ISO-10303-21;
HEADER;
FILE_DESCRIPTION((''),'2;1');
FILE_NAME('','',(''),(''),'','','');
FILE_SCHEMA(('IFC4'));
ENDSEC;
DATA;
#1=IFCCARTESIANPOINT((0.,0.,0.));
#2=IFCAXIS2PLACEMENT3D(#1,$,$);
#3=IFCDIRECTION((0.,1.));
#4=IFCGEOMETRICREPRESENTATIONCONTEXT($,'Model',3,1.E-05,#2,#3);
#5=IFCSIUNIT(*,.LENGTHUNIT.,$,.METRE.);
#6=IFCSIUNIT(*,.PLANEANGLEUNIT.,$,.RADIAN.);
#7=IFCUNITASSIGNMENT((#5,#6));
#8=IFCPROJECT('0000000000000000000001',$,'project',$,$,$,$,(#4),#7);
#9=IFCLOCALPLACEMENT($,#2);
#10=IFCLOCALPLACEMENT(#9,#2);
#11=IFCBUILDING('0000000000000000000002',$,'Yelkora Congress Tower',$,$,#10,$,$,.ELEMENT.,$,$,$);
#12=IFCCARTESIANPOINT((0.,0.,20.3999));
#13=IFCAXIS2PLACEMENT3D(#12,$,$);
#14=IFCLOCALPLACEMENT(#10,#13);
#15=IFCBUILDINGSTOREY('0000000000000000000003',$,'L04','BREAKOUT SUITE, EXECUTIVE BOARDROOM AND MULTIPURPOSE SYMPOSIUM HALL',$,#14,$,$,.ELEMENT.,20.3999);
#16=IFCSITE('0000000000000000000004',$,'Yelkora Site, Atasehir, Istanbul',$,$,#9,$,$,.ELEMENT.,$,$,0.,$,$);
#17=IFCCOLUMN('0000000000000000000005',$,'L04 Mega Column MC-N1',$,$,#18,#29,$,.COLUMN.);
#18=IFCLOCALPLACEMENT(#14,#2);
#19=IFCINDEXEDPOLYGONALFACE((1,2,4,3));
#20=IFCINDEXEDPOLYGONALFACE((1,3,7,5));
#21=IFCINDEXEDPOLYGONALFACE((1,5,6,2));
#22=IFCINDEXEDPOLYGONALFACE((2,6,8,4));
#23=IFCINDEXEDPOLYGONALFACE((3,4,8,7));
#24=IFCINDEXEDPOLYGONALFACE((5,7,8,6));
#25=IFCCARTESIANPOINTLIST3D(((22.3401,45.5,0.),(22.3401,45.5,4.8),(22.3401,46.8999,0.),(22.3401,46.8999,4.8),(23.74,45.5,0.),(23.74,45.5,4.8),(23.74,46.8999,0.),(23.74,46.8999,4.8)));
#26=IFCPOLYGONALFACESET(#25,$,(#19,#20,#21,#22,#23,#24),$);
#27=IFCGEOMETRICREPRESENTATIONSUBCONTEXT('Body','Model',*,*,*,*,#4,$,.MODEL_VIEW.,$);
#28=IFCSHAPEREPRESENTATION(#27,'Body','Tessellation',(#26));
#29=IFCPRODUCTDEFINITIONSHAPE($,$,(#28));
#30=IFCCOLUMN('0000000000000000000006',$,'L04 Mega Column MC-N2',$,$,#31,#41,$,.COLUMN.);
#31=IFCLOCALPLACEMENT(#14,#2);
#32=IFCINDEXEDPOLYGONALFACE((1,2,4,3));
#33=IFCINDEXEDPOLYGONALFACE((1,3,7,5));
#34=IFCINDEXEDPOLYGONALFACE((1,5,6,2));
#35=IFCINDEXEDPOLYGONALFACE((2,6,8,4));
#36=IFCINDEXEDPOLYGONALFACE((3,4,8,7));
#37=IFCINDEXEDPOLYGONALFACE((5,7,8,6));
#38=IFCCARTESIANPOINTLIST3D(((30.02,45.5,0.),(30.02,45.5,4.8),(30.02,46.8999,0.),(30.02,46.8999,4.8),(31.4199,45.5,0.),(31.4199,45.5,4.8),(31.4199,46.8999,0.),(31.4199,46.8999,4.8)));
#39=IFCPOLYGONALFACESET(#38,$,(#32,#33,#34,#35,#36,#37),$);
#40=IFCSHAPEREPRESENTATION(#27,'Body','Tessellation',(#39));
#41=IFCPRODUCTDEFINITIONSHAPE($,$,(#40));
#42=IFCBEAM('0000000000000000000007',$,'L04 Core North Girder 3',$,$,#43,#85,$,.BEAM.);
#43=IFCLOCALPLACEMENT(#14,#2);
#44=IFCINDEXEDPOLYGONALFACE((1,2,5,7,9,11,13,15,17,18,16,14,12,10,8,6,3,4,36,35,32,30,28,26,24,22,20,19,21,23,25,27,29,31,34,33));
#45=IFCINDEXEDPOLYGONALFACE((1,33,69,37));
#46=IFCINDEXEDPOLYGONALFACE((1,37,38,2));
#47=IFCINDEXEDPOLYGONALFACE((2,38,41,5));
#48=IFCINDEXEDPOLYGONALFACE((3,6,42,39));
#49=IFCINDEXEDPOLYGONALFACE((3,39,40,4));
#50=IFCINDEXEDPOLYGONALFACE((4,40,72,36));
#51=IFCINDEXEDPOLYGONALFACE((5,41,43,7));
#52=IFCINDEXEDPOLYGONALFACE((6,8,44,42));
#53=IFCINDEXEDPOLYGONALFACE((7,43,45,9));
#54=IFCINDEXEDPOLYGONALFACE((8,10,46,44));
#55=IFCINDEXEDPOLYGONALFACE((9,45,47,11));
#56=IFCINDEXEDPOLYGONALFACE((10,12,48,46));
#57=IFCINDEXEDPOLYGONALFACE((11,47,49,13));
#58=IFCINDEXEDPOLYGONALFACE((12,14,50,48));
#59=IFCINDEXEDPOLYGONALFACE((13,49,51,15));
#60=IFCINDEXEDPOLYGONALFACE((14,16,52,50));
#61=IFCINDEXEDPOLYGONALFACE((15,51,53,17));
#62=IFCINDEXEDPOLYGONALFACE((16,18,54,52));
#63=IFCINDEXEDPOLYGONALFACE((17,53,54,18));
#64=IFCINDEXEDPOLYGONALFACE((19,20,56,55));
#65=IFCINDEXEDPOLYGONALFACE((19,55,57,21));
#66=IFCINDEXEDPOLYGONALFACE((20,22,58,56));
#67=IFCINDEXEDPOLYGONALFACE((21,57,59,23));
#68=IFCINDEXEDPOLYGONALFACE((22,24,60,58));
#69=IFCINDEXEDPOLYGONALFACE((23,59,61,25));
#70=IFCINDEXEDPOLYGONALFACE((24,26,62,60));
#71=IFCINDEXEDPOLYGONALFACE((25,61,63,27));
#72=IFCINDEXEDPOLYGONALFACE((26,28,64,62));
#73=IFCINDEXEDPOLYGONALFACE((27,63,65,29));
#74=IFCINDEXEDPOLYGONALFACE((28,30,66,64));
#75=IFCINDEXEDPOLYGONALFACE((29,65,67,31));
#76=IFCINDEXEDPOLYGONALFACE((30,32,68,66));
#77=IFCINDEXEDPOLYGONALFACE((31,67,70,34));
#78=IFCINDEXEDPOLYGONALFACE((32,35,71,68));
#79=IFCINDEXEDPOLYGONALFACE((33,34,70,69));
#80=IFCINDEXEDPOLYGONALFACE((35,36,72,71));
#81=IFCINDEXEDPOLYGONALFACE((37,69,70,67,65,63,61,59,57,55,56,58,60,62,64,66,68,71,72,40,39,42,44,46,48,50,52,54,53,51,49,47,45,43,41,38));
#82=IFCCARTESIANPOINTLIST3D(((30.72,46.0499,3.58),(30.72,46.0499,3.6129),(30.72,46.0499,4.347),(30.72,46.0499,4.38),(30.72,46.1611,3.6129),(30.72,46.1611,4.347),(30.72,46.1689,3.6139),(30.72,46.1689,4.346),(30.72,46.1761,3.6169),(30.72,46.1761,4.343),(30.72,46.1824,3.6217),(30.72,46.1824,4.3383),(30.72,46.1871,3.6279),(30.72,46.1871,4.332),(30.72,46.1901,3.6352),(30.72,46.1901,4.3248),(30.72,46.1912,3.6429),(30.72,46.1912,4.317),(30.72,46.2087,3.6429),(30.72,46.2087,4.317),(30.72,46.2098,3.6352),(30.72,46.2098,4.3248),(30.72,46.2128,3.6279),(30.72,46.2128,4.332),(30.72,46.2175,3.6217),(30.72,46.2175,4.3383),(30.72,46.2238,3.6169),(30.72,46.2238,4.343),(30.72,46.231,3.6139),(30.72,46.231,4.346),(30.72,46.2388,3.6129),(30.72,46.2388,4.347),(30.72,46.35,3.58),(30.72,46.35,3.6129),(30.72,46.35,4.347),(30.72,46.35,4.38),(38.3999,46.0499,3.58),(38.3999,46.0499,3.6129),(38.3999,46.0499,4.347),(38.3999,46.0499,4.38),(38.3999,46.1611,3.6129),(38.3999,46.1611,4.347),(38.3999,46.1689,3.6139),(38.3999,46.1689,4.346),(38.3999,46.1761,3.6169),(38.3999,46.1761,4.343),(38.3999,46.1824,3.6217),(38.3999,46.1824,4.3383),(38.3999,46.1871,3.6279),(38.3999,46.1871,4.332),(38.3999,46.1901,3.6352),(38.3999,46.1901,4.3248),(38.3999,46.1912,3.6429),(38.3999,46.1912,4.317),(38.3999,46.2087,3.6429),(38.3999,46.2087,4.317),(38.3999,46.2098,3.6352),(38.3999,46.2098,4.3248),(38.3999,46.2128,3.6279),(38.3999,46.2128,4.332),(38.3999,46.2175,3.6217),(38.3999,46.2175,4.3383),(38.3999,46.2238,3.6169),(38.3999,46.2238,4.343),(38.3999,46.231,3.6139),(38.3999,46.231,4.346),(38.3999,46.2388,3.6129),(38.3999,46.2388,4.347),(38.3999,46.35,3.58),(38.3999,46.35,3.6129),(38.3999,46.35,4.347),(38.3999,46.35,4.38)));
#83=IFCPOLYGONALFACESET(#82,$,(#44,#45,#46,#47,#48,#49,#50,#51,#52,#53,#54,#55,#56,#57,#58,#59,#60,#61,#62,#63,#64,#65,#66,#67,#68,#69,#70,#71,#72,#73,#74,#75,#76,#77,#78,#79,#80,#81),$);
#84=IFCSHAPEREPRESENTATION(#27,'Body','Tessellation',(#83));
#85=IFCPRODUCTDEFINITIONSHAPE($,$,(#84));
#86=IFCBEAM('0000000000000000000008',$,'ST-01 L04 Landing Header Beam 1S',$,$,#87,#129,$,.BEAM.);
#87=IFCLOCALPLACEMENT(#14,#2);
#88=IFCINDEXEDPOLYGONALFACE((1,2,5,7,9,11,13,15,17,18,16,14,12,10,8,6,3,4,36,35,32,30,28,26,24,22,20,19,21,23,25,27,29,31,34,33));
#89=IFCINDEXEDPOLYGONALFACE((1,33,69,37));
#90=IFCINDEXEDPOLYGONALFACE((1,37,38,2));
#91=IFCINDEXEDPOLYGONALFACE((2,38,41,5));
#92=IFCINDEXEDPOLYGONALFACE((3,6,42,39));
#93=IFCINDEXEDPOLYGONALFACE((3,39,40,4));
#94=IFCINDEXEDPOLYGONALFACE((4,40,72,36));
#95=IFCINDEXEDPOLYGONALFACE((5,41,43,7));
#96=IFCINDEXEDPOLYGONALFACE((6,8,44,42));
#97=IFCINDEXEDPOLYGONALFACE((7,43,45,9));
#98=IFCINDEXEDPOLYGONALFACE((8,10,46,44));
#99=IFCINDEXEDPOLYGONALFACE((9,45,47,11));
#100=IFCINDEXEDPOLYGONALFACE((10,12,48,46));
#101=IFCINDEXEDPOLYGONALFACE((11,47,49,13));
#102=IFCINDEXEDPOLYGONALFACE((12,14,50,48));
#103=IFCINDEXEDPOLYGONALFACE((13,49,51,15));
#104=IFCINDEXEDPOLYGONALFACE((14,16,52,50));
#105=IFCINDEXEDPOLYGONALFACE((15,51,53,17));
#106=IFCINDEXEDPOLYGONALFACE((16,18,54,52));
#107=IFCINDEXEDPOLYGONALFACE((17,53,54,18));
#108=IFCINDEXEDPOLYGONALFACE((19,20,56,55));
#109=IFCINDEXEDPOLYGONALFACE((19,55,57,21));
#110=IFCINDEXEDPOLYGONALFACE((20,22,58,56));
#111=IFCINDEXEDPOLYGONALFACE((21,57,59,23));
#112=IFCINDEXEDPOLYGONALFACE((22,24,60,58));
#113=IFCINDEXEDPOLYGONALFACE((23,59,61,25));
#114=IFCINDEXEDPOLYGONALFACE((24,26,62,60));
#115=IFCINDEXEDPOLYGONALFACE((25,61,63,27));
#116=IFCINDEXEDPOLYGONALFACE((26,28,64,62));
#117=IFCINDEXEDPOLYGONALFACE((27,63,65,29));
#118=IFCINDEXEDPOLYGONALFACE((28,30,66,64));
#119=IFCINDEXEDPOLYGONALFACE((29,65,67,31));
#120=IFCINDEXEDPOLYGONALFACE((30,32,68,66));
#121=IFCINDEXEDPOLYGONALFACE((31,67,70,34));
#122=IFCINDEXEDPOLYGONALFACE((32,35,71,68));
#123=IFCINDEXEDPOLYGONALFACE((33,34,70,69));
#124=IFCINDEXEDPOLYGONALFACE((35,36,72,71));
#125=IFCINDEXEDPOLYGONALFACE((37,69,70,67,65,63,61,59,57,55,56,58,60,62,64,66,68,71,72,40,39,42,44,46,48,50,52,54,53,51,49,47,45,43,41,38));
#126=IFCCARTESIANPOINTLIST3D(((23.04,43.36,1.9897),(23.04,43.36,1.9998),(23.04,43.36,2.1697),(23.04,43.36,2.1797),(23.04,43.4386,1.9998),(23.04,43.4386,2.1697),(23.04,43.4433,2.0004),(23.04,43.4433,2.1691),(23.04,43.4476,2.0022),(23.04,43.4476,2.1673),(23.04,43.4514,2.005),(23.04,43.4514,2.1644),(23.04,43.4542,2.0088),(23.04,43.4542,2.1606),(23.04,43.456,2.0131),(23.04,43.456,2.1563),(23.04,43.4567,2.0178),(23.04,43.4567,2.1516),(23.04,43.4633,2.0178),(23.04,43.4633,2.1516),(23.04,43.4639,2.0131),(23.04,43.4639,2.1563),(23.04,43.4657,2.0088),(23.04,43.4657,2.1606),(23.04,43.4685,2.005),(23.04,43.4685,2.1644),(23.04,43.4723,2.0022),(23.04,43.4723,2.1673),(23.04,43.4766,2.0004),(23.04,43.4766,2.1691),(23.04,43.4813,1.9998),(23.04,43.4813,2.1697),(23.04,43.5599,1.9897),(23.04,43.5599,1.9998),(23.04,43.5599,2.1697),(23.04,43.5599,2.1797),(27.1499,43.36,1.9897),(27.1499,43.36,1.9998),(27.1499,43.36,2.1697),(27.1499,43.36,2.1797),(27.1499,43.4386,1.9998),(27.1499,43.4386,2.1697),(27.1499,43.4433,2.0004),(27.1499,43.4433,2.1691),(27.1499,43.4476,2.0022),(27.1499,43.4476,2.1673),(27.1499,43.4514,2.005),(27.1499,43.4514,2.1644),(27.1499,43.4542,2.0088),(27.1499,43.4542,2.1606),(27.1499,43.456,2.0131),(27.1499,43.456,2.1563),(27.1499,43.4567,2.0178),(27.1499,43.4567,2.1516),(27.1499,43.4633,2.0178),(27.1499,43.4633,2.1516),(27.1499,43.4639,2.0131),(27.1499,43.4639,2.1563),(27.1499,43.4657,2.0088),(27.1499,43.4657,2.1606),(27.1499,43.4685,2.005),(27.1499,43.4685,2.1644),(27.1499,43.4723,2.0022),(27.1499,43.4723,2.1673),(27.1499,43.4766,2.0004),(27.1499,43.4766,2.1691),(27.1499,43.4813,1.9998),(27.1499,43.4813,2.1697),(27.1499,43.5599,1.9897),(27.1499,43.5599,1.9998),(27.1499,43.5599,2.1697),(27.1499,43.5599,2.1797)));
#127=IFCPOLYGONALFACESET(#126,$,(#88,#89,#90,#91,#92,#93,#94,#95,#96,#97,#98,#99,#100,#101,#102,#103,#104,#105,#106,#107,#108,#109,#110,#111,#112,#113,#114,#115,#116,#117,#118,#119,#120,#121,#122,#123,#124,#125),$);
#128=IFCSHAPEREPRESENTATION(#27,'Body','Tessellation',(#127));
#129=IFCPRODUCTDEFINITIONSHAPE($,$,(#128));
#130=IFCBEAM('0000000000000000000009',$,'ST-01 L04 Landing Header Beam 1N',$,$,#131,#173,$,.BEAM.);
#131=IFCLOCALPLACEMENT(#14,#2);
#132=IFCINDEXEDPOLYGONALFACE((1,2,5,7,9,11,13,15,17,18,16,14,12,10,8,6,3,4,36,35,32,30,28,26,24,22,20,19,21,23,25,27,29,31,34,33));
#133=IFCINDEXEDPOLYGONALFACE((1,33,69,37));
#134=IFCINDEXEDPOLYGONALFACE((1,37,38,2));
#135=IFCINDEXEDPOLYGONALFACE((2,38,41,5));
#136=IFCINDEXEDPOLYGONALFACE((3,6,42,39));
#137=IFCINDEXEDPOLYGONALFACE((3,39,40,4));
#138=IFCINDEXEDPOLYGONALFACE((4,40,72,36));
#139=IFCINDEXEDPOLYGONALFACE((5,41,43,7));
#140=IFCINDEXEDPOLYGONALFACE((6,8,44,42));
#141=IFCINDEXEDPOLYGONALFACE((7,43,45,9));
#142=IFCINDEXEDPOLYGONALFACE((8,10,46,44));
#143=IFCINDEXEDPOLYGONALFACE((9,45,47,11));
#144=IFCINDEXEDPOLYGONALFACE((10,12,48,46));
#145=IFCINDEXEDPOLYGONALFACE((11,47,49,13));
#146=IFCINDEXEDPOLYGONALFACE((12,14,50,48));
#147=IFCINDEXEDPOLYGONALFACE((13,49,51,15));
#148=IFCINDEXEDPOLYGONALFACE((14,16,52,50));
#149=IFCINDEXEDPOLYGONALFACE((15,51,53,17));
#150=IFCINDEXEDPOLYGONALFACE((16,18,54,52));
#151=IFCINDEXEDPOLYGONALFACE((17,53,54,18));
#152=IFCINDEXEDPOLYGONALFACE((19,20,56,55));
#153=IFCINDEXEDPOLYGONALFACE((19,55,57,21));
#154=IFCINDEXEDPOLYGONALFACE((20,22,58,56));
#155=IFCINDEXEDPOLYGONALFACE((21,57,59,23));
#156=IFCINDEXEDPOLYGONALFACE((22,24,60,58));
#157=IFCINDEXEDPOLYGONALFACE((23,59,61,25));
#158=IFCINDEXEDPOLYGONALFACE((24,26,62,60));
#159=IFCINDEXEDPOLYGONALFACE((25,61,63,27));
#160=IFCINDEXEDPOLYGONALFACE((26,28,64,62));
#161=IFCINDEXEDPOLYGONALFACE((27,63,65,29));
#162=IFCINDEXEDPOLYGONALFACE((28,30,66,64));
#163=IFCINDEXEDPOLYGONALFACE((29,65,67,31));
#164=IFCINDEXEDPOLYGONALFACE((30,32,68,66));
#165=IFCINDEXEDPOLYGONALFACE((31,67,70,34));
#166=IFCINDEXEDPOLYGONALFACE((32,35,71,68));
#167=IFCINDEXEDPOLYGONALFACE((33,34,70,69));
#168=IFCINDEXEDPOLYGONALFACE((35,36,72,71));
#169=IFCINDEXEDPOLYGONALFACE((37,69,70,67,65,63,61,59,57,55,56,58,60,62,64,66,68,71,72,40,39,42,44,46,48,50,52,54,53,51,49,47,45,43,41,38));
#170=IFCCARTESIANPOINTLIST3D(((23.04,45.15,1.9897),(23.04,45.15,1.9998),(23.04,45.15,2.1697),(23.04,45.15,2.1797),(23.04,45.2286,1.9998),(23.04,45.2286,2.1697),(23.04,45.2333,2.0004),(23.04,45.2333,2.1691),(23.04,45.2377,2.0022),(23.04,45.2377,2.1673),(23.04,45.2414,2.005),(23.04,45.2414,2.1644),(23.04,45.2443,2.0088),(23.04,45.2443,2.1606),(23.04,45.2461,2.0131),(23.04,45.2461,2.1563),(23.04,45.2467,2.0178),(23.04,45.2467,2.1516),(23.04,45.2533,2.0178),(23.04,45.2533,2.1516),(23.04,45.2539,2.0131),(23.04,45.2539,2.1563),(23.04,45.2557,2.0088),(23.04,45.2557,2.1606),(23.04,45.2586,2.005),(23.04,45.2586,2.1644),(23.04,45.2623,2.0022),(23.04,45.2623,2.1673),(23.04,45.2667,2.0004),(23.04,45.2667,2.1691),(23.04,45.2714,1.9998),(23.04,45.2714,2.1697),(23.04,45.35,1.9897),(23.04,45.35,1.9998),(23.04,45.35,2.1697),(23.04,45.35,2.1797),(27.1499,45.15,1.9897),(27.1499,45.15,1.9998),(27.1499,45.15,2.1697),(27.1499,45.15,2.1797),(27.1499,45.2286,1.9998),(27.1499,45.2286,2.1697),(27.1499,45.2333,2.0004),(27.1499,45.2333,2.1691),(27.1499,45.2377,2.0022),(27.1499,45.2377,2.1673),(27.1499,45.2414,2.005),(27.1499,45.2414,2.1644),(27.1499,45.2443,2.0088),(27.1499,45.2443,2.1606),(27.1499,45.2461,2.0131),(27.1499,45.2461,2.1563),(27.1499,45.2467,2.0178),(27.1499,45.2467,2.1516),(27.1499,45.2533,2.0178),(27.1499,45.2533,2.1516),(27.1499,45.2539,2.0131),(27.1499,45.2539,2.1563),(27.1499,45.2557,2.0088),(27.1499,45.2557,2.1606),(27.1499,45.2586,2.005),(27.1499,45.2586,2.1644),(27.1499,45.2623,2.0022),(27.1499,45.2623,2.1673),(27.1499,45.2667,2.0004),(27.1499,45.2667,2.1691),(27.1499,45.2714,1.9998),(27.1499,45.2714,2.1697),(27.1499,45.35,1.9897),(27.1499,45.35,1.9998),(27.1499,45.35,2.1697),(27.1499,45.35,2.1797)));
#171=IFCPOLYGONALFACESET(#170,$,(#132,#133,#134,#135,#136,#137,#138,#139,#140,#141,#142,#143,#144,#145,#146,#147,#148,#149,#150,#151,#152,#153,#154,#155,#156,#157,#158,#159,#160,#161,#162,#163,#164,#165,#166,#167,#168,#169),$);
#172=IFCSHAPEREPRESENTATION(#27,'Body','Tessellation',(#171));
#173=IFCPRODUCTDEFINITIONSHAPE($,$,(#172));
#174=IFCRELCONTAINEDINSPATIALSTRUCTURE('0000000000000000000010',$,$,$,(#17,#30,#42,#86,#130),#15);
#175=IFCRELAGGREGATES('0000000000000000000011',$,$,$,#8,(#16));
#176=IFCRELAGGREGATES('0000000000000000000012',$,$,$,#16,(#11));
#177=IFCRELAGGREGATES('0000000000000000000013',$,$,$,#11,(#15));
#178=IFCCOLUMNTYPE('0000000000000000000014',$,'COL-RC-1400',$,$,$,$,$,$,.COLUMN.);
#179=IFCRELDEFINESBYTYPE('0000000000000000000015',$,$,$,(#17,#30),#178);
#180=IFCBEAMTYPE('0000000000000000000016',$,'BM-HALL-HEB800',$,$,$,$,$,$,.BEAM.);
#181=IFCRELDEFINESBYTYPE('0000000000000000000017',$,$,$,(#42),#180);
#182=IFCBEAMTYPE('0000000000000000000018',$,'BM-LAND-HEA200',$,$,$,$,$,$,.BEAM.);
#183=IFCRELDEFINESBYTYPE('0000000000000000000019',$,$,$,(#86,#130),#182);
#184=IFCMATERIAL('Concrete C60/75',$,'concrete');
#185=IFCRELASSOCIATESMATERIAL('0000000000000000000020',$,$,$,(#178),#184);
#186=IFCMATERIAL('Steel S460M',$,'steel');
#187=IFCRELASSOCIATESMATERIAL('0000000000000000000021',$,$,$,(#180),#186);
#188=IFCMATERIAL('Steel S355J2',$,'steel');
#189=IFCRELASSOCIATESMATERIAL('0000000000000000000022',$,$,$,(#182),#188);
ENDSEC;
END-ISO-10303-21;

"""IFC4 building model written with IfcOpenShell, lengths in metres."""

from ifc_helpers import new_model, si_unit, direction, frame, origin, origin_2d, place, context, subcontext, project, spatial, rectangle, i_section, extrude, material, material_profile, profile_set, type_object, element, save


model = new_model("IFC4")

# Units and contexts
model_context = context("Model", 3, precision=1e-05, world=origin(), true_north=direction((0.0, 1.0)))
body_context = subcontext(model_context, "Body", "Model", "MODEL_VIEW")
ifc_project = project(units=[si_unit("LENGTHUNIT", "METRE"), si_unit("PLANEANGLEUNIT", "RADIAN")], contexts=[model_context])

# Site, building, storey
site_placement = place(None, origin())
site = spatial("IfcSite", under=ifc_project, at=site_placement, Name="Yelkora Site, Atasehir, Istanbul", CompositionType="ELEMENT", RefElevation=0.0)
building_placement = place(site_placement, origin())
building = spatial("IfcBuilding", under=site, at=building_placement, Name="Yelkora Congress Tower", CompositionType="ELEMENT")
storey_placement = place(building_placement, frame((0.0, 0.0, 20.3999)))
storey = spatial("IfcBuildingStorey", under=building, at=storey_placement, Name="L04", Description="BREAKOUT SUITE, EXECUTIVE BOARDROOM AND MULTIPURPOSE SYMPOSIUM HALL", CompositionType="ELEMENT", Elevation=20.3999)

# Columns
ifc_material_1 = material(Name="Concrete C60/75", Category="concrete")
ifc_material_profile_1 = material_profile(ifc_material_1, rectangle(XDim=1.3999, YDim=1.3999, at=origin_2d()), Name="RC 1400x1400")
ifc_profile_set_1 = profile_set([ifc_material_profile_1], Name="Concrete C60/75")
column_type = type_object("IfcColumnType", Name="COL-RC-1400", PredefinedType="COLUMN", material=ifc_profile_set_1)
for number, where, z_axis, x_axis, name in (
    (1, (23.04, 46.2, 0.0), (0.0, 0.0, 1.0), (1.0, 0.0, 0.0), "L04 Mega Column MC-N1"),
    (2, (30.72, 46.2, 0.0), (0.0, 0.0, 1.0), (1.0, 0.0, 0.0), "L04 Mega Column MC-N2"),
):
    element("IfcColumn", number, at=place(storey_placement, frame(where, z_axis=z_axis, x_axis=x_axis)), inside=storey, type_object=column_type, Name=name, PredefinedType="COLUMN", context=body_context, shape_type="SweptSolid", body=[
        extrude(rectangle(XDim=1.3999, YDim=1.3999, at=origin_2d()), origin(), (0.0, 0.0, 1.0), 4.8),
    ])

# Beams
ifc_material_2 = material(Name="Steel S460M", Category="steel")
ifc_material_profile_2 = material_profile(ifc_material_2, i_section(OverallWidth=0.3, OverallDepth=0.8, WebThickness=0.0176, FlangeThickness=0.033, FilletRadius=0.03, at=origin_2d()), Name="HEB 800")
ifc_profile_set_2 = profile_set([ifc_material_profile_2], Name="Steel S460M")
beam_type_1 = type_object("IfcBeamType", Name="BM-HALL-HEB800", PredefinedType="BEAM", material=ifc_profile_set_2)
beam_1_placement = place(storey_placement, frame((30.72, 46.2, 3.98), z_axis=(1.0, 0.0, 0.0), x_axis=(0.0, 1.0, 0.0)))
element("IfcBeam", 3, at=beam_1_placement, inside=storey, type_object=beam_type_1, Name="L04 Core North Girder 3", PredefinedType="BEAM", context=body_context, shape_type="SweptSolid", body=[
    extrude(i_section(OverallWidth=0.3, OverallDepth=0.8, WebThickness=0.0176, FlangeThickness=0.033, FilletRadius=0.03, at=origin_2d()), origin(), (0.0, 0.0, 1.0), 7.6799),
])
ifc_material_3 = material(Name="Steel S355J2", Category="steel")
ifc_material_profile_3 = material_profile(ifc_material_3, i_section(OverallWidth=0.2, OverallDepth=0.1899, WebThickness=0.0066, FlangeThickness=0.01, FilletRadius=0.0181, at=origin_2d()), Name="HEA 200")
ifc_profile_set_3 = profile_set([ifc_material_profile_3], Name="Steel S355J2")
beam_type_2 = type_object("IfcBeamType", Name="BM-LAND-HEA200", PredefinedType="BEAM", material=ifc_profile_set_3)
for number, where, z_axis, x_axis, name in (
    (4, (23.04, 43.46, 2.0847), (1.0, 0.0, 0.0), (0.0, 1.0, 0.0), "ST-01 L04 Landing Header Beam 1S"),
    (5, (23.04, 45.25, 2.0847), (1.0, 0.0, 0.0), (0.0, 1.0, 0.0), "ST-01 L04 Landing Header Beam 1N"),
):
    element("IfcBeam", number, at=place(storey_placement, frame(where, z_axis=z_axis, x_axis=x_axis)), inside=storey, type_object=beam_type_2, Name=name, PredefinedType="BEAM", context=body_context, shape_type="SweptSolid", body=[
        extrude(i_section(OverallWidth=0.2, OverallDepth=0.1899, WebThickness=0.0066, FlangeThickness=0.01, FilletRadius=0.0181, at=origin_2d()), origin(), (0.0, 0.0, 1.0), 4.1099),
    ])

save(model, "model.ifc")
